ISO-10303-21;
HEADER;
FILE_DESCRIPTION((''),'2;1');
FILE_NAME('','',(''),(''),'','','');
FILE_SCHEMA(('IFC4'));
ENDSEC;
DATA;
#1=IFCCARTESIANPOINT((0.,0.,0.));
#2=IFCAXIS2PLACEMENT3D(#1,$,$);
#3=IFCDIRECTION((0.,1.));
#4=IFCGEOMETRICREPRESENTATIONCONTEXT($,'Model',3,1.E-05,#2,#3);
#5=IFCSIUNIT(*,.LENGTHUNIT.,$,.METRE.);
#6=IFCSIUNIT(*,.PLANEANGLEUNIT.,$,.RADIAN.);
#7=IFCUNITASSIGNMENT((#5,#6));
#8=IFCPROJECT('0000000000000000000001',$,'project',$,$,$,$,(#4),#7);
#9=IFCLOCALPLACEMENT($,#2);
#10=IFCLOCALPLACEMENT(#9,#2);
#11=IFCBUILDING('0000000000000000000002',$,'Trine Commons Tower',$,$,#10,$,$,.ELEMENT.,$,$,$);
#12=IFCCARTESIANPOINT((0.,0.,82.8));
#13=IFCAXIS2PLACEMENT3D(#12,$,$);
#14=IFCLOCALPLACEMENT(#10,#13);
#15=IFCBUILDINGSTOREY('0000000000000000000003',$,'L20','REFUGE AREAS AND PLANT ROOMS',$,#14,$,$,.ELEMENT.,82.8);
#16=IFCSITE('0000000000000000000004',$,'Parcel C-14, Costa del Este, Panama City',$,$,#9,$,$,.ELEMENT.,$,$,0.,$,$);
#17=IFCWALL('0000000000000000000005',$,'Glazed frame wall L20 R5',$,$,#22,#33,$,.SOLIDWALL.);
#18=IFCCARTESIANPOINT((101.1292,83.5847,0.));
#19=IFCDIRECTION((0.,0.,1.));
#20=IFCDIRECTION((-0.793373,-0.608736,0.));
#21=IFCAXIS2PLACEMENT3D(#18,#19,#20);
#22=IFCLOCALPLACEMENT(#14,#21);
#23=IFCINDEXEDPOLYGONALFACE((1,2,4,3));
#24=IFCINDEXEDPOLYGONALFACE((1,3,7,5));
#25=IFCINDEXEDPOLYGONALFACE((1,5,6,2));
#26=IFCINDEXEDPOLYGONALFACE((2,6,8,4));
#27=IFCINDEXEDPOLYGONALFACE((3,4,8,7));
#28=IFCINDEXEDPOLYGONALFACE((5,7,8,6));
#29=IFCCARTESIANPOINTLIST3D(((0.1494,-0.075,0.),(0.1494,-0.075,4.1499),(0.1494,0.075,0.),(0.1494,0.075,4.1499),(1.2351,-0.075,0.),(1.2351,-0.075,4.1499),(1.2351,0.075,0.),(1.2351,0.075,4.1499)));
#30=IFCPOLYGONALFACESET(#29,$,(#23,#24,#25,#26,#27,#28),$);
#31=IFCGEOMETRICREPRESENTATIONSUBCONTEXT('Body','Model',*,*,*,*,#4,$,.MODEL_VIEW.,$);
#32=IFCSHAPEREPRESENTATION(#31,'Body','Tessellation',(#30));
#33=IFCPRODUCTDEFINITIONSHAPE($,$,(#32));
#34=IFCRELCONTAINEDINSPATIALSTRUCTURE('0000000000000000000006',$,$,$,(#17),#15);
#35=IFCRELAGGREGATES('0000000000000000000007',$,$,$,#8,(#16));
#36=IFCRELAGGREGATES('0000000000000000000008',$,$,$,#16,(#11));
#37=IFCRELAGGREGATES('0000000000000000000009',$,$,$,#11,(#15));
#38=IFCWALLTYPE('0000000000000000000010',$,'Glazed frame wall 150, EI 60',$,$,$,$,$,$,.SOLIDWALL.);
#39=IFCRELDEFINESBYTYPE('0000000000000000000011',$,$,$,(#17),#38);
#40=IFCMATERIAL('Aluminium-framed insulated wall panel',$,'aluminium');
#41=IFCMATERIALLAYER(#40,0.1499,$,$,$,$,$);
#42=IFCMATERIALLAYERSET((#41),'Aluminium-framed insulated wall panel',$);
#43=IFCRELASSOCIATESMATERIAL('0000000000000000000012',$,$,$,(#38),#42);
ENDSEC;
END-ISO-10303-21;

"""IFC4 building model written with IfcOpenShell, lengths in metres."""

from ifc_helpers import new_model, si_unit, direction, frame, origin, place, context, subcontext, project, spatial, polyline, outline, extrude, material, layer, layer_set, type_object, element, save


model = new_model("IFC4")

# Units and contexts
model_context = context("Model", 3, precision=1e-05, world=origin(), true_north=direction((0.0, 1.0)))
body_context = subcontext(model_context, "Body", "Model", "MODEL_VIEW")
ifc_project = project(units=[si_unit("LENGTHUNIT", "METRE"), si_unit("PLANEANGLEUNIT", "RADIAN")], contexts=[model_context])

# Site, building, storey
site_placement = place(None, origin())
site = spatial("IfcSite", under=ifc_project, at=site_placement, Name="Parcel C-14, Costa del Este, Panama City", CompositionType="ELEMENT", RefElevation=0.0)
building_placement = place(site_placement, origin())
building = spatial("IfcBuilding", under=site, at=building_placement, Name="Trine Commons Tower", CompositionType="ELEMENT")
storey_placement = place(building_placement, frame((0.0, 0.0, 82.8)))
storey = spatial("IfcBuildingStorey", under=building, at=storey_placement, Name="L20", Description="REFUGE AREAS AND PLANT ROOMS", CompositionType="ELEMENT", Elevation=82.8)

# Wall
ifc_material_1 = material(Name="Aluminium-framed insulated wall panel", Category="aluminium")
ifc_layer_1 = layer(ifc_material_1, 0.1499)
ifc_layer_set_1 = layer_set([ifc_layer_1], Name="Aluminium-framed insulated wall panel")
wall_type = type_object("IfcWallType", Name="Glazed frame wall 150, EI 60", PredefinedType="SOLIDWALL", material=ifc_layer_set_1)
wall_placement = place(storey_placement, frame((101.1292, 83.5847, 0.0), z_axis=(0.0, 0.0, 1.0), x_axis=(-0.793373, -0.608736, 0.0)))
element("IfcWall", 1, at=wall_placement, inside=storey, type_object=wall_type, Name="Glazed frame wall L20 R5", PredefinedType="SOLIDWALL", context=body_context, shape_type="SweptSolid", body=[
    extrude(outline(polyline([(0.1494, 0.075), (0.1494, -0.075), (1.2351, -0.075), (1.2351, 0.075), (0.1494, 0.075)])), origin(), (0.0, 0.0, 1.0), 4.1499),
])

save(model, "model.ifc")
